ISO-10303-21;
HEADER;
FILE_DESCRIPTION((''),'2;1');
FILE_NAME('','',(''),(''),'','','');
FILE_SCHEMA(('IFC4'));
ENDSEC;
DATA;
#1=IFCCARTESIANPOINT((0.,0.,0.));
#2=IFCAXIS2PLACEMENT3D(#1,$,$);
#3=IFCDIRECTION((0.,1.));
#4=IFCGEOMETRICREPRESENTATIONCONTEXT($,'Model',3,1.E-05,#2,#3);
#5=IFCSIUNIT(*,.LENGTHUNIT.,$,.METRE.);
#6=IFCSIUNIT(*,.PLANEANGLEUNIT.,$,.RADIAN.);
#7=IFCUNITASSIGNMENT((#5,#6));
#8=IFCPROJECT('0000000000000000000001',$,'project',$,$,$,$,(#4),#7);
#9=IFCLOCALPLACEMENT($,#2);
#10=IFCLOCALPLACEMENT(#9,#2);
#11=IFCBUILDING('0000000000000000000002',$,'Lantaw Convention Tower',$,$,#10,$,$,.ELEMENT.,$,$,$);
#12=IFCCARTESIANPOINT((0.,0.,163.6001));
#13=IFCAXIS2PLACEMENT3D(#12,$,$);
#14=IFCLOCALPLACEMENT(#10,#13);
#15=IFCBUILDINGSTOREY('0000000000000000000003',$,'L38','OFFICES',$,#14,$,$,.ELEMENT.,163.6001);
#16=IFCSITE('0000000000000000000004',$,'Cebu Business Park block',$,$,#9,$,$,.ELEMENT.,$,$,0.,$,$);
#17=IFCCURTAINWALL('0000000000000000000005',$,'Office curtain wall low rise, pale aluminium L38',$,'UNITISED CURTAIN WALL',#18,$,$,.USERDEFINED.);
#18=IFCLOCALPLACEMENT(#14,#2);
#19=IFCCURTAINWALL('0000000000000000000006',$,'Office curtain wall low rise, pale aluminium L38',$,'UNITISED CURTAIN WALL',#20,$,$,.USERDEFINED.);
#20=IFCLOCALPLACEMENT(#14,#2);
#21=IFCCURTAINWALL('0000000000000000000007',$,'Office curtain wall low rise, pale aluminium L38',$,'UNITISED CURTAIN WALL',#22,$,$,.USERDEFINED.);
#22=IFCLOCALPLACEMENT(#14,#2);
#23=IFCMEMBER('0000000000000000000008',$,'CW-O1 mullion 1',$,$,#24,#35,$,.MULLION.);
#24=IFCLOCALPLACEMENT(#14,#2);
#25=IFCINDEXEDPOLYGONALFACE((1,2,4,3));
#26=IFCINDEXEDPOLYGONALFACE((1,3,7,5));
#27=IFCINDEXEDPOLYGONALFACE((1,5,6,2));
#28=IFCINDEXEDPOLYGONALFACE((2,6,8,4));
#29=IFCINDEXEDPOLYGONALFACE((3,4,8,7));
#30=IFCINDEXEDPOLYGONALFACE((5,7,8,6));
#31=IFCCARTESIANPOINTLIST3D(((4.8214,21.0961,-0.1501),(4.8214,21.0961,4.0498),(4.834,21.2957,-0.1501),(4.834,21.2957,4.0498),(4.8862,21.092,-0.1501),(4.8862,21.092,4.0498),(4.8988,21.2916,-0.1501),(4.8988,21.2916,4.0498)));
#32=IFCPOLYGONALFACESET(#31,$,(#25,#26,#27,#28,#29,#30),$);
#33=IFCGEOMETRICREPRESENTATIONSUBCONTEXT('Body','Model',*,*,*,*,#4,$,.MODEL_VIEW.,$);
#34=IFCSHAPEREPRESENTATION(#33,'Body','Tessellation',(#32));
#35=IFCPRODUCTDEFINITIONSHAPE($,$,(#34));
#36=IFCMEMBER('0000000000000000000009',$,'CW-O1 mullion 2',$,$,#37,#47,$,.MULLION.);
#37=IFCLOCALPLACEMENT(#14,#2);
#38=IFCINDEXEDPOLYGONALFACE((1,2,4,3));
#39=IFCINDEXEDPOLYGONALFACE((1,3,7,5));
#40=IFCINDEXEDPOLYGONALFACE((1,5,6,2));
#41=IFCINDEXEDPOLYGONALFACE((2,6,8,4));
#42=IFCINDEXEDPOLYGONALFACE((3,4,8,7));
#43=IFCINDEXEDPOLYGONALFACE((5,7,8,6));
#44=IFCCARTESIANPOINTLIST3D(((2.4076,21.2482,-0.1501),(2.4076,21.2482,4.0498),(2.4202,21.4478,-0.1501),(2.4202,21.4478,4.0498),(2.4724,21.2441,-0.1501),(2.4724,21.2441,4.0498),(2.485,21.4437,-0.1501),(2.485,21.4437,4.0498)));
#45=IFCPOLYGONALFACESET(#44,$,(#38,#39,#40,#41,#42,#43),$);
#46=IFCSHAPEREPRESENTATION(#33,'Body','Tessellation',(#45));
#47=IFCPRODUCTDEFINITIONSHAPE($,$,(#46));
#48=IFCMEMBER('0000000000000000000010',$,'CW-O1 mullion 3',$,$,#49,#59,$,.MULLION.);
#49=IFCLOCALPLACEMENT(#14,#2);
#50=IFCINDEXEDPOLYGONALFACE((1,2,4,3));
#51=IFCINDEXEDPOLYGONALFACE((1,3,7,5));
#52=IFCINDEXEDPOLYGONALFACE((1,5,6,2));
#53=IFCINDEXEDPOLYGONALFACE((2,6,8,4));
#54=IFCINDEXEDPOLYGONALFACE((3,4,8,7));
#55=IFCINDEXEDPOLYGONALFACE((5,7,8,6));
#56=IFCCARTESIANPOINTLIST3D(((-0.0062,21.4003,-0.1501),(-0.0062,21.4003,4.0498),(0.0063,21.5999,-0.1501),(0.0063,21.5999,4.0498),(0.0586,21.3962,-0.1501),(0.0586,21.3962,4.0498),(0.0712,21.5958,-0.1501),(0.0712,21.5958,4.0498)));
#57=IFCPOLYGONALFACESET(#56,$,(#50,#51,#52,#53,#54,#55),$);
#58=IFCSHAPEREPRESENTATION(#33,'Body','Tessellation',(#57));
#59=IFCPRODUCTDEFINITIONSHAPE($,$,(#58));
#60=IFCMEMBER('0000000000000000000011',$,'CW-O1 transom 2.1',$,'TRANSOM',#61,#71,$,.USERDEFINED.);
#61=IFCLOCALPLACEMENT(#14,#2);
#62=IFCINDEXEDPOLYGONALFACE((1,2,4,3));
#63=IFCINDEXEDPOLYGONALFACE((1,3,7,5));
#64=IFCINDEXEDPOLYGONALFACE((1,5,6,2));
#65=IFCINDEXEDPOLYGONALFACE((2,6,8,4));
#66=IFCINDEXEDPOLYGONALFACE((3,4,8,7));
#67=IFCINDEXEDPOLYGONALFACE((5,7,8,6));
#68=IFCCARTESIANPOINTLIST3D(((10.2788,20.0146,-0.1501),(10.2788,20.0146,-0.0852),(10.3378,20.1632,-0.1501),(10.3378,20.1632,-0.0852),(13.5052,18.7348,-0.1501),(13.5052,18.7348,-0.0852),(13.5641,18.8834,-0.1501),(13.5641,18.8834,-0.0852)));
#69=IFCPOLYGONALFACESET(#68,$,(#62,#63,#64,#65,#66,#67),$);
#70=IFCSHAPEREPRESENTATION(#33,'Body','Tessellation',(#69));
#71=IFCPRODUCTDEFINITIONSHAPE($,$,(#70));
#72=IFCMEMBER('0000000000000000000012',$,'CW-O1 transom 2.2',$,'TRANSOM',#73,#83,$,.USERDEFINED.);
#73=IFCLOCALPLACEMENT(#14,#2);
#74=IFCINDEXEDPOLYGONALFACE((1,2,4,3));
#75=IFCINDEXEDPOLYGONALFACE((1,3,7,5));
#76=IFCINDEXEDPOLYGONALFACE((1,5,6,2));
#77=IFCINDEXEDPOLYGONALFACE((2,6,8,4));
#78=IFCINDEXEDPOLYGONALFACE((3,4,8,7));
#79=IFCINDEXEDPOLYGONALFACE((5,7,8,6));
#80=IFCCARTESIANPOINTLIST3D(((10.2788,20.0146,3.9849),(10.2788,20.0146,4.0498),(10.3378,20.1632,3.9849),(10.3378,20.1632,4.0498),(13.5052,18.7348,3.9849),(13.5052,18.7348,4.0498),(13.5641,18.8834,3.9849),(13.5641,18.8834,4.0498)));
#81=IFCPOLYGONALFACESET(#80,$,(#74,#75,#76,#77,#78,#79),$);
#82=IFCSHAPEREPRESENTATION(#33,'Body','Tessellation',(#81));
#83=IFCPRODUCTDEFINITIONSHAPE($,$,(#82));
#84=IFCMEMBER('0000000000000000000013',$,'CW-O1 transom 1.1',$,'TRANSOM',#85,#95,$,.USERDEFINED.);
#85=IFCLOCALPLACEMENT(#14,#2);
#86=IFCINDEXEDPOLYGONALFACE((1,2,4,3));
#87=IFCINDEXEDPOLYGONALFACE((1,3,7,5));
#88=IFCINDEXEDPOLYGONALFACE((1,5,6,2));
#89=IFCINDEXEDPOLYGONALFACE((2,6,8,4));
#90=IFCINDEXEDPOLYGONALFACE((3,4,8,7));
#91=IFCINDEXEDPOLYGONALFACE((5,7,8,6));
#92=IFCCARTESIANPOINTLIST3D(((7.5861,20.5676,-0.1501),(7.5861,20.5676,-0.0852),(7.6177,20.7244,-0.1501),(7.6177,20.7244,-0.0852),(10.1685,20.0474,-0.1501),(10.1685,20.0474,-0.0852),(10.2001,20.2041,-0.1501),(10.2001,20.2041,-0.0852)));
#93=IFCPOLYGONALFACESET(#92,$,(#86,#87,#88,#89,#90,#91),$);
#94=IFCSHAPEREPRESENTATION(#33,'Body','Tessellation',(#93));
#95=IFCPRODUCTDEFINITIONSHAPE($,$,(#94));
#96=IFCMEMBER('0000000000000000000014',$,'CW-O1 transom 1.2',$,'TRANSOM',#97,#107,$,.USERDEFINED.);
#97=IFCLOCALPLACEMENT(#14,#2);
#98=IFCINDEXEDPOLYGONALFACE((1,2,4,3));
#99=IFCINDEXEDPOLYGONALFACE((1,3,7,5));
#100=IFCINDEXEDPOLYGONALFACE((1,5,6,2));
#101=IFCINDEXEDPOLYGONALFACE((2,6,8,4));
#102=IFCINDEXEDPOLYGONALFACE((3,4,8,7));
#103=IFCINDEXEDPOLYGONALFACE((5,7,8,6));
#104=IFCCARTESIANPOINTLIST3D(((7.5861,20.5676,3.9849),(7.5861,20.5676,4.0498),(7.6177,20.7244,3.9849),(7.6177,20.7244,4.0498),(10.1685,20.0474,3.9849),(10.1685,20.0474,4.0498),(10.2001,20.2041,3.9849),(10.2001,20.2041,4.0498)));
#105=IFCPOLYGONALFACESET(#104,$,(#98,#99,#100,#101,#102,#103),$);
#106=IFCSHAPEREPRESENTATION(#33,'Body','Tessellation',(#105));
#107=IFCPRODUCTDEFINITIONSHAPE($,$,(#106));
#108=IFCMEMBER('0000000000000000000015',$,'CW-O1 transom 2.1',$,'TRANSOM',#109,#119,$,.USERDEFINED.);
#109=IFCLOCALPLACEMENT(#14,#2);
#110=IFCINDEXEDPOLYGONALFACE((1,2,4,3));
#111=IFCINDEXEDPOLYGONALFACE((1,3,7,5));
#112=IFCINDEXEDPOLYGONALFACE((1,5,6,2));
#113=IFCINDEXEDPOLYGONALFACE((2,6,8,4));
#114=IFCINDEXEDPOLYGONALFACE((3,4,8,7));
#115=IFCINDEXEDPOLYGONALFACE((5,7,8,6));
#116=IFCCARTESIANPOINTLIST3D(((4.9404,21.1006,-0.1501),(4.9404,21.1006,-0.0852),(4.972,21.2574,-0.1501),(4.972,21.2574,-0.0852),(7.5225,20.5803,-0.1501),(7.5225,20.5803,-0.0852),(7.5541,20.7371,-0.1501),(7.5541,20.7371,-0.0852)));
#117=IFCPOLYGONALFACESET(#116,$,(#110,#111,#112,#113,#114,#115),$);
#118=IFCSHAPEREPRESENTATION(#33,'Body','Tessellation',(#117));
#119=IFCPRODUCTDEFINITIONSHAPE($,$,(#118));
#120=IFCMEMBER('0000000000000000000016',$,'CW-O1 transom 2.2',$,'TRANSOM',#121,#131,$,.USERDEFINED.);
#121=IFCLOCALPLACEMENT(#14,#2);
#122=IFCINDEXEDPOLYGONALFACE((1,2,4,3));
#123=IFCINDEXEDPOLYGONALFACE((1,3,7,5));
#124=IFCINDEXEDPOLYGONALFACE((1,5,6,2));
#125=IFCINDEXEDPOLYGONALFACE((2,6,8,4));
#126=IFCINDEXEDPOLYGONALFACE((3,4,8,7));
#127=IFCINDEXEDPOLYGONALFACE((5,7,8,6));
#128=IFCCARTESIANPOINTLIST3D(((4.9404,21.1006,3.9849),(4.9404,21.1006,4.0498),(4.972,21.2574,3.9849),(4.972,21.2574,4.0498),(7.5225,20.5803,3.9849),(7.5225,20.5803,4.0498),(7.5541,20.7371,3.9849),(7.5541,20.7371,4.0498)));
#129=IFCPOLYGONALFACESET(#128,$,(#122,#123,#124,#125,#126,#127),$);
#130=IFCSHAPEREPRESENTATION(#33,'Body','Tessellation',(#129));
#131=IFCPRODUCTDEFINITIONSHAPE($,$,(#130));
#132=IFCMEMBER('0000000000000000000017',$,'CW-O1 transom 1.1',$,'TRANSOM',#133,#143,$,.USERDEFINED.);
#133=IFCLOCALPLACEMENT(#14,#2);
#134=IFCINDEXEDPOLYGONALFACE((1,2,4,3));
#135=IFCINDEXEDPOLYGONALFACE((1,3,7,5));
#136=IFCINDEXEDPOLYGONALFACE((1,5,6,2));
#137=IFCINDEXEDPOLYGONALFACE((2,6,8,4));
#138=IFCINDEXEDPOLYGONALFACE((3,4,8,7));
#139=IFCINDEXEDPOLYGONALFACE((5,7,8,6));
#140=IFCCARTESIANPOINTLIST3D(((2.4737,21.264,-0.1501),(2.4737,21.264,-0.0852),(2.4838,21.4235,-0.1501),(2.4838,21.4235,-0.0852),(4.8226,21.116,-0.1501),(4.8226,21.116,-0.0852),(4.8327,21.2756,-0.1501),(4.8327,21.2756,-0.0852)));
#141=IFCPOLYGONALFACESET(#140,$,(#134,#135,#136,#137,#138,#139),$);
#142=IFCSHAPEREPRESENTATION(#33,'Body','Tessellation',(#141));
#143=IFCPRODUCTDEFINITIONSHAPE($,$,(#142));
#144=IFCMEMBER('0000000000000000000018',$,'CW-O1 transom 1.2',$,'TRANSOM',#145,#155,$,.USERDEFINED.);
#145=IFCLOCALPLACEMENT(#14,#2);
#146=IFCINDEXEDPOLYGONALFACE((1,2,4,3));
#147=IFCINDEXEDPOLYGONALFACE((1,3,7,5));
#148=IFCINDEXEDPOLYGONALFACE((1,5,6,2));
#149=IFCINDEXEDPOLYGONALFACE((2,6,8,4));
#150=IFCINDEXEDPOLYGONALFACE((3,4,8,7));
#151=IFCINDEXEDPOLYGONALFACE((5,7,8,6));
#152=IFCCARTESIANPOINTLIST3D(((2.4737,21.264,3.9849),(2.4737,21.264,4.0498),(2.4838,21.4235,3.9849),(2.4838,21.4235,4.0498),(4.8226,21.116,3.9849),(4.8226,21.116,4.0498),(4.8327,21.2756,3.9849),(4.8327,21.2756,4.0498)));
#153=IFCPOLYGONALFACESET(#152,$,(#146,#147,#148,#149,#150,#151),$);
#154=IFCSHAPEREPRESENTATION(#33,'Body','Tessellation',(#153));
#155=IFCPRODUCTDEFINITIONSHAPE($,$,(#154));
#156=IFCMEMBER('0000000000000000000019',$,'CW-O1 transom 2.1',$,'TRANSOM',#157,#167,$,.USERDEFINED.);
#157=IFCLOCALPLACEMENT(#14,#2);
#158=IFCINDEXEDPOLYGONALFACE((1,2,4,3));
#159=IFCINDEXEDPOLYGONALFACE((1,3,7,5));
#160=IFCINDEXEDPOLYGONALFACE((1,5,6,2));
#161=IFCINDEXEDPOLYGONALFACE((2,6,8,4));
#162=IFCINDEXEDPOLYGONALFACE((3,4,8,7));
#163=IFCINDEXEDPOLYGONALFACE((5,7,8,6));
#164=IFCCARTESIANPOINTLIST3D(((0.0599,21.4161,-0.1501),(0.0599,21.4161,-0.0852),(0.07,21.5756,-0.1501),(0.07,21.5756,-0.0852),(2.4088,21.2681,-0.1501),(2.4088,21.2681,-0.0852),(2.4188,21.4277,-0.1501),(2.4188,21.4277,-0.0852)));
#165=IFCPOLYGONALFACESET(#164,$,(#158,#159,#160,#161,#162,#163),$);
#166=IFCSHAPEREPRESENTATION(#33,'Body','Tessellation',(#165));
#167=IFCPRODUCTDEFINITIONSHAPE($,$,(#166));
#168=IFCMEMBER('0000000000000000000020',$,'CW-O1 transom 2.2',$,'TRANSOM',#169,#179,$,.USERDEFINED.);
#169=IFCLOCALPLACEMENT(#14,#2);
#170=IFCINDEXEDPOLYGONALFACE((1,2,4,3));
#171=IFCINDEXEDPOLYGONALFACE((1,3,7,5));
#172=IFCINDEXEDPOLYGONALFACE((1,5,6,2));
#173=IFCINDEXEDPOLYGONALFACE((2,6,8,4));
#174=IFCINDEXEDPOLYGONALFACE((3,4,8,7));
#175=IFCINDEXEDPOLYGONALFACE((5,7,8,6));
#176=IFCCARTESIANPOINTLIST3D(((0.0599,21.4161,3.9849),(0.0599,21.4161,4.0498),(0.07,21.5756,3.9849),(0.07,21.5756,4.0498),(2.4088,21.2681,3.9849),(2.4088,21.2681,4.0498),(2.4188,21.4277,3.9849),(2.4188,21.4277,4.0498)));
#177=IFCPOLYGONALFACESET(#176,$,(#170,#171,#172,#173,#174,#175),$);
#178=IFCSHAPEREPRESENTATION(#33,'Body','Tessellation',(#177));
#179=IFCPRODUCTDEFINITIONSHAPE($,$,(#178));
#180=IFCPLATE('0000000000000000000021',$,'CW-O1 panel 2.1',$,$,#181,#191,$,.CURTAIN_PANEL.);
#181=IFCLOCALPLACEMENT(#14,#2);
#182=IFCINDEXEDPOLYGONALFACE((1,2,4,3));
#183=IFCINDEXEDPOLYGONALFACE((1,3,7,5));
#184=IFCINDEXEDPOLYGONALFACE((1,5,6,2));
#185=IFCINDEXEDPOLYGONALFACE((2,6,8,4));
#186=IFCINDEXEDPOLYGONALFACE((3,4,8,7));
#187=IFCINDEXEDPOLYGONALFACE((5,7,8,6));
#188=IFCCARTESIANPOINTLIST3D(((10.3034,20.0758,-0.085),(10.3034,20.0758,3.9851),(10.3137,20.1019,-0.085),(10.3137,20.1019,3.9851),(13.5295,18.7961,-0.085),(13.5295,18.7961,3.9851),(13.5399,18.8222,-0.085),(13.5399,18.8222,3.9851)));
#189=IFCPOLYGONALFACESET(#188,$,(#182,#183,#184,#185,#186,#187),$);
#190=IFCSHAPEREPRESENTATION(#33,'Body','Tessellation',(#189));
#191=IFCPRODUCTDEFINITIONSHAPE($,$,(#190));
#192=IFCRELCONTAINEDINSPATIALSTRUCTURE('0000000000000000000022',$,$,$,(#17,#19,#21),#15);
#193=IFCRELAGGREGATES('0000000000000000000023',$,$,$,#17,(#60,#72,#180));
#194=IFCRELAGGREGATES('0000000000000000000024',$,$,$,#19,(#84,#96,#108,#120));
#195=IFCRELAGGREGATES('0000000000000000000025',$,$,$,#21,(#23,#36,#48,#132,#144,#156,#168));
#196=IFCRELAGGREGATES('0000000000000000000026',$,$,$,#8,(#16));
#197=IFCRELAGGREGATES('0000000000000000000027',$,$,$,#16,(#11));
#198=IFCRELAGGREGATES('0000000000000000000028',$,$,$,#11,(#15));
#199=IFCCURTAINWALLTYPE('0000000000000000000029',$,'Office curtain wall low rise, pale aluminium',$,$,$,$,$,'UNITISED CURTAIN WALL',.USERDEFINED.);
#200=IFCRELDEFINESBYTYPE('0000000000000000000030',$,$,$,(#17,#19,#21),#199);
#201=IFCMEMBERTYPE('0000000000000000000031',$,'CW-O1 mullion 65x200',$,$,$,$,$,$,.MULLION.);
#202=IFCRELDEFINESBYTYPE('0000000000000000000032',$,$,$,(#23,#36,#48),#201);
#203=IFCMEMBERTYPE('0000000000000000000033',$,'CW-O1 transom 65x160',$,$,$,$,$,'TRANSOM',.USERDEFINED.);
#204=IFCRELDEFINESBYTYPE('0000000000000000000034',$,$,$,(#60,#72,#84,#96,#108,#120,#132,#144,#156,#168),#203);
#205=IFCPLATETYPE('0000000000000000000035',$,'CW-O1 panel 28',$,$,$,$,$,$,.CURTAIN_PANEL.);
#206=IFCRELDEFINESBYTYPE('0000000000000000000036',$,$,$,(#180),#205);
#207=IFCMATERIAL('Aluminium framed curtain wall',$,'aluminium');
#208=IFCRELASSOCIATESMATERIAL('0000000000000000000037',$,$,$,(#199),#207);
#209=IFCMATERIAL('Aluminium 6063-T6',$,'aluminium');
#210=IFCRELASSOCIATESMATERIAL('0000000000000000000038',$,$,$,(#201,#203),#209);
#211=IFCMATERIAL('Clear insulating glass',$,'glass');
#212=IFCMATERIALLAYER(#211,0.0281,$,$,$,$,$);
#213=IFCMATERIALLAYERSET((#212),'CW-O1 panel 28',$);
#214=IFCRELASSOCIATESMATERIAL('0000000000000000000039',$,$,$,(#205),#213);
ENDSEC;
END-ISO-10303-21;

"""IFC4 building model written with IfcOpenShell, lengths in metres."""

from ifc_helpers import new_model, si_unit, direction, frame, origin, origin_2d, place, context, subcontext, project, spatial, rectangle, extrude, material, layer, layer_set, material_profile, profile_set, type_object, element, aggregate, save


model = new_model("IFC4")

# Units and contexts
model_context = context("Model", 3, precision=1e-05, world=origin(), true_north=direction((0.0, 1.0)))
body_context = subcontext(model_context, "Body", "Model", "MODEL_VIEW")
ifc_project = project(units=[si_unit("LENGTHUNIT", "METRE"), si_unit("PLANEANGLEUNIT", "RADIAN")], contexts=[model_context])

# Site, building, storey
site_placement = place(None, origin())
site = spatial("IfcSite", under=ifc_project, at=site_placement, Name="Cebu Business Park block", CompositionType="ELEMENT", RefElevation=0.0)
building_placement = place(site_placement, origin())
building = spatial("IfcBuilding", under=site, at=building_placement, Name="Lantaw Convention Tower", CompositionType="ELEMENT")
storey_placement = place(building_placement, frame((0.0, 0.0, 163.6001)))
storey = spatial("IfcBuildingStorey", under=building, at=storey_placement, Name="L38", Description="OFFICES", CompositionType="ELEMENT", Elevation=163.6001)

# Curtain wall
ifc_material_1 = material(Name="Aluminium framed curtain wall", Category="aluminium")
curtain_wall_type = type_object("IfcCurtainWallType", Name="Office curtain wall low rise, pale aluminium", ElementType="UNITISED CURTAIN WALL", PredefinedType="USERDEFINED", material=ifc_material_1)
curtain_wall_1_placement = place(storey_placement, origin())
curtain_wall_1 = element("IfcCurtainWall", 1, at=curtain_wall_1_placement, inside=storey, type_object=curtain_wall_type, Name="Office curtain wall low rise, pale aluminium L38", ObjectType="UNITISED CURTAIN WALL", PredefinedType="USERDEFINED")
ifc_material_2 = material(Name="Aluminium 6063-T6", Category="aluminium")
ifc_material_profile_1 = material_profile(ifc_material_2, rectangle(XDim=0.2, YDim=0.0649, at=origin_2d()), Name="CW-O1 mullion 65x200")
ifc_profile_set_1 = profile_set([ifc_material_profile_1], Name="Aluminium 6063-T6")
member_type_1 = type_object("IfcMemberType", Name="CW-O1 mullion 65x200", PredefinedType="MULLION", material=ifc_profile_set_1)

# Curtain walls, members
curtain_wall_2_placement = place(storey_placement, origin())
curtain_wall_2 = element("IfcCurtainWall", 2, at=curtain_wall_2_placement, inside=storey, type_object=curtain_wall_type, Name="Office curtain wall low rise, pale aluminium L38", ObjectType="UNITISED CURTAIN WALL", PredefinedType="USERDEFINED")
curtain_wall_3_placement = place(storey_placement, origin())
curtain_wall_3 = element("IfcCurtainWall", 3, at=curtain_wall_3_placement, inside=storey, type_object=curtain_wall_type, Name="Office curtain wall low rise, pale aluminium L38", ObjectType="UNITISED CURTAIN WALL", PredefinedType="USERDEFINED")
member_1_placement = place(storey_placement, frame((4.8601, 21.1938, -0.1501), z_axis=(0.0, 0.0, 1.0), x_axis=(-0.062865, -0.998022, 0.0)))
member_1 = element("IfcMember", 4, at=member_1_placement, type_object=member_type_1, Name="CW-O1 mullion 1", PredefinedType="MULLION", context=body_context, shape_type="SweptSolid", body=[
    extrude(rectangle(XDim=0.2, YDim=0.0649, at=origin_2d()), origin(), (0.0, 0.0, 1.0), 4.2),
])
member_2_placement = place(storey_placement, frame((2.4463, 21.3459, -0.1501), z_axis=(0.0, 0.0, 1.0), x_axis=(-0.062865, -0.998022, 0.0)))
member_2 = element("IfcMember", 5, at=member_2_placement, type_object=member_type_1, Name="CW-O1 mullion 2", PredefinedType="MULLION", context=body_context, shape_type="SweptSolid", body=[
    extrude(rectangle(XDim=0.2, YDim=0.0649, at=origin_2d()), origin(), (0.0, 0.0, 1.0), 4.2),
])
member_3_placement = place(storey_placement, frame((0.0325, 21.498, -0.1501), z_axis=(0.0, 0.0, 1.0), x_axis=(-0.062865, -0.998022, 0.0)))
member_3 = element("IfcMember", 6, at=member_3_placement, type_object=member_type_1, Name="CW-O1 mullion 3", PredefinedType="MULLION", context=body_context, shape_type="SweptSolid", body=[
    extrude(rectangle(XDim=0.2, YDim=0.0649, at=origin_2d()), origin(), (0.0, 0.0, 1.0), 4.2),
])

# Members
ifc_material_profile_2 = material_profile(ifc_material_2, rectangle(XDim=0.1599, YDim=0.0649, at=origin_2d()), Name="CW-O1 transom 65x160")
ifc_profile_set_2 = profile_set([ifc_material_profile_2], Name="Aluminium 6063-T6")
member_type_2 = type_object("IfcMemberType", Name="CW-O1 transom 65x160", ElementType="TRANSOM", PredefinedType="USERDEFINED", material=ifc_profile_set_2)
member_4_placement = place(storey_placement, frame((13.5347, 18.8091, -0.1177), z_axis=(-0.92954, 0.368721, 0.0), x_axis=(-0.368721, -0.92954, 0.0)))
member_4 = element("IfcMember", 7, at=member_4_placement, type_object=member_type_2, Name="CW-O1 transom 2.1", ObjectType="TRANSOM", PredefinedType="USERDEFINED", context=body_context, shape_type="SweptSolid", body=[
    extrude(rectangle(XDim=0.1599, YDim=0.0649, at=origin_2d()), origin(), (0.0, 0.0, 1.0), 3.4709),
])
member_5_placement = place(storey_placement, frame((13.5347, 18.8091, 4.0173), z_axis=(-0.92954, 0.368721, 0.0), x_axis=(-0.368721, -0.92954, 0.0)))
member_5 = element("IfcMember", 8, at=member_5_placement, type_object=member_type_2, Name="CW-O1 transom 2.2", ObjectType="TRANSOM", PredefinedType="USERDEFINED", context=body_context, shape_type="SweptSolid", body=[
    extrude(rectangle(XDim=0.1599, YDim=0.0649, at=origin_2d()), origin(), (0.0, 0.0, 1.0), 3.4709),
])
member_6_placement = place(storey_placement, frame((10.1843, 20.1257, -0.1177), z_axis=(-0.980302, 0.197506, 0.0), x_axis=(-0.197506, -0.980302, 0.0)))
member_6 = element("IfcMember", 9, at=member_6_placement, type_object=member_type_2, Name="CW-O1 transom 1.1", ObjectType="TRANSOM", PredefinedType="USERDEFINED", context=body_context, shape_type="SweptSolid", body=[
    extrude(rectangle(XDim=0.1599, YDim=0.0649, at=origin_2d()), origin(), (0.0, 0.0, 1.0), 2.6343),
])
member_7_placement = place(storey_placement, frame((10.1843, 20.1257, 4.0173), z_axis=(-0.980302, 0.197506, 0.0), x_axis=(-0.197506, -0.980302, 0.0)))
member_7 = element("IfcMember", 10, at=member_7_placement, type_object=member_type_2, Name="CW-O1 transom 1.2", ObjectType="TRANSOM", PredefinedType="USERDEFINED", context=body_context, shape_type="SweptSolid", body=[
    extrude(rectangle(XDim=0.1599, YDim=0.0649, at=origin_2d()), origin(), (0.0, 0.0, 1.0), 2.6343),
])
member_8_placement = place(storey_placement, frame((7.5383, 20.6587, -0.1177), z_axis=(-0.980298, 0.197524, 0.0), x_axis=(-0.197524, -0.980298, 0.0)))
member_8 = element("IfcMember", 11, at=member_8_placement, type_object=member_type_2, Name="CW-O1 transom 2.1", ObjectType="TRANSOM", PredefinedType="USERDEFINED", context=body_context, shape_type="SweptSolid", body=[
    extrude(rectangle(XDim=0.1599, YDim=0.0649, at=origin_2d()), origin(), (0.0, 0.0, 1.0), 2.634),
])
member_9_placement = place(storey_placement, frame((7.5383, 20.6587, 4.0173), z_axis=(-0.980298, 0.197524, 0.0), x_axis=(-0.197524, -0.980298, 0.0)))
member_9 = element("IfcMember", 12, at=member_9_placement, type_object=member_type_2, Name="CW-O1 transom 2.2", ObjectType="TRANSOM", PredefinedType="USERDEFINED", context=body_context, shape_type="SweptSolid", body=[
    extrude(rectangle(XDim=0.1599, YDim=0.0649, at=origin_2d()), origin(), (0.0, 0.0, 1.0), 2.634),
])
member_10_placement = place(storey_placement, frame((4.8276, 21.1958, -0.1177), z_axis=(-0.998022, 0.062863, 0.0), x_axis=(-0.062863, -0.998022, 0.0)))
member_10 = element("IfcMember", 13, at=member_10_placement, type_object=member_type_2, Name="CW-O1 transom 1.1", ObjectType="TRANSOM", PredefinedType="USERDEFINED", context=body_context, shape_type="SweptSolid", body=[
    extrude(rectangle(XDim=0.1599, YDim=0.0649, at=origin_2d()), origin(), (0.0, 0.0, 1.0), 2.3535),
])
member_11_placement = place(storey_placement, frame((4.8276, 21.1958, 4.0173), z_axis=(-0.998022, 0.062863, 0.0), x_axis=(-0.062863, -0.998022, 0.0)))
member_11 = element("IfcMember", 14, at=member_11_placement, type_object=member_type_2, Name="CW-O1 transom 1.2", ObjectType="TRANSOM", PredefinedType="USERDEFINED", context=body_context, shape_type="SweptSolid", body=[
    extrude(rectangle(XDim=0.1599, YDim=0.0649, at=origin_2d()), origin(), (0.0, 0.0, 1.0), 2.3535),
])
member_12_placement = place(storey_placement, frame((2.4138, 21.3479, -0.1177), z_axis=(-0.998022, 0.062863, 0.0), x_axis=(-0.062863, -0.998022, 0.0)))
member_12 = element("IfcMember", 15, at=member_12_placement, type_object=member_type_2, Name="CW-O1 transom 2.1", ObjectType="TRANSOM", PredefinedType="USERDEFINED", context=body_context, shape_type="SweptSolid", body=[
    extrude(rectangle(XDim=0.1599, YDim=0.0649, at=origin_2d()), origin(), (0.0, 0.0, 1.0), 2.3535),
])
member_13_placement = place(storey_placement, frame((2.4138, 21.3479, 4.0173), z_axis=(-0.998022, 0.062863, 0.0), x_axis=(-0.062863, -0.998022, 0.0)))
member_13 = element("IfcMember", 16, at=member_13_placement, type_object=member_type_2, Name="CW-O1 transom 2.2", ObjectType="TRANSOM", PredefinedType="USERDEFINED", context=body_context, shape_type="SweptSolid", body=[
    extrude(rectangle(XDim=0.1599, YDim=0.0649, at=origin_2d()), origin(), (0.0, 0.0, 1.0), 2.3535),
])

# Plate
ifc_material_3 = material(Name="Clear insulating glass", Category="glass")
ifc_layer_1 = layer(ifc_material_3, 0.0281)
ifc_layer_set_1 = layer_set([ifc_layer_1], Name="CW-O1 panel 28")
plate_type_1 = type_object("IfcPlateType", Name="CW-O1 panel 28", PredefinedType="CURTAIN_PANEL", material=ifc_layer_set_1)
plate_1_placement = place(storey_placement, frame((11.9216, 19.449, -0.085), z_axis=(0.0, 0.0, 1.0), x_axis=(-0.929548, 0.368702, 0.0)))
plate_1 = element("IfcPlate", 17, at=plate_1_placement, type_object=plate_type_1, Name="CW-O1 panel 2.1", PredefinedType="CURTAIN_PANEL", context=body_context, shape_type="SweptSolid", body=[
    extrude(rectangle(XDim=3.4707, YDim=0.0281, at=origin_2d()), origin(), (0.0, 0.0, 1.0), 4.0701),
])
aggregate(curtain_wall_1, [member_4, member_5, plate_1])
aggregate(curtain_wall_2, [member_6, member_7, member_8, member_9])
aggregate(curtain_wall_3, [member_1, member_2, member_3, member_10, member_11, member_12, member_13])

save(model, "model.ifc")
